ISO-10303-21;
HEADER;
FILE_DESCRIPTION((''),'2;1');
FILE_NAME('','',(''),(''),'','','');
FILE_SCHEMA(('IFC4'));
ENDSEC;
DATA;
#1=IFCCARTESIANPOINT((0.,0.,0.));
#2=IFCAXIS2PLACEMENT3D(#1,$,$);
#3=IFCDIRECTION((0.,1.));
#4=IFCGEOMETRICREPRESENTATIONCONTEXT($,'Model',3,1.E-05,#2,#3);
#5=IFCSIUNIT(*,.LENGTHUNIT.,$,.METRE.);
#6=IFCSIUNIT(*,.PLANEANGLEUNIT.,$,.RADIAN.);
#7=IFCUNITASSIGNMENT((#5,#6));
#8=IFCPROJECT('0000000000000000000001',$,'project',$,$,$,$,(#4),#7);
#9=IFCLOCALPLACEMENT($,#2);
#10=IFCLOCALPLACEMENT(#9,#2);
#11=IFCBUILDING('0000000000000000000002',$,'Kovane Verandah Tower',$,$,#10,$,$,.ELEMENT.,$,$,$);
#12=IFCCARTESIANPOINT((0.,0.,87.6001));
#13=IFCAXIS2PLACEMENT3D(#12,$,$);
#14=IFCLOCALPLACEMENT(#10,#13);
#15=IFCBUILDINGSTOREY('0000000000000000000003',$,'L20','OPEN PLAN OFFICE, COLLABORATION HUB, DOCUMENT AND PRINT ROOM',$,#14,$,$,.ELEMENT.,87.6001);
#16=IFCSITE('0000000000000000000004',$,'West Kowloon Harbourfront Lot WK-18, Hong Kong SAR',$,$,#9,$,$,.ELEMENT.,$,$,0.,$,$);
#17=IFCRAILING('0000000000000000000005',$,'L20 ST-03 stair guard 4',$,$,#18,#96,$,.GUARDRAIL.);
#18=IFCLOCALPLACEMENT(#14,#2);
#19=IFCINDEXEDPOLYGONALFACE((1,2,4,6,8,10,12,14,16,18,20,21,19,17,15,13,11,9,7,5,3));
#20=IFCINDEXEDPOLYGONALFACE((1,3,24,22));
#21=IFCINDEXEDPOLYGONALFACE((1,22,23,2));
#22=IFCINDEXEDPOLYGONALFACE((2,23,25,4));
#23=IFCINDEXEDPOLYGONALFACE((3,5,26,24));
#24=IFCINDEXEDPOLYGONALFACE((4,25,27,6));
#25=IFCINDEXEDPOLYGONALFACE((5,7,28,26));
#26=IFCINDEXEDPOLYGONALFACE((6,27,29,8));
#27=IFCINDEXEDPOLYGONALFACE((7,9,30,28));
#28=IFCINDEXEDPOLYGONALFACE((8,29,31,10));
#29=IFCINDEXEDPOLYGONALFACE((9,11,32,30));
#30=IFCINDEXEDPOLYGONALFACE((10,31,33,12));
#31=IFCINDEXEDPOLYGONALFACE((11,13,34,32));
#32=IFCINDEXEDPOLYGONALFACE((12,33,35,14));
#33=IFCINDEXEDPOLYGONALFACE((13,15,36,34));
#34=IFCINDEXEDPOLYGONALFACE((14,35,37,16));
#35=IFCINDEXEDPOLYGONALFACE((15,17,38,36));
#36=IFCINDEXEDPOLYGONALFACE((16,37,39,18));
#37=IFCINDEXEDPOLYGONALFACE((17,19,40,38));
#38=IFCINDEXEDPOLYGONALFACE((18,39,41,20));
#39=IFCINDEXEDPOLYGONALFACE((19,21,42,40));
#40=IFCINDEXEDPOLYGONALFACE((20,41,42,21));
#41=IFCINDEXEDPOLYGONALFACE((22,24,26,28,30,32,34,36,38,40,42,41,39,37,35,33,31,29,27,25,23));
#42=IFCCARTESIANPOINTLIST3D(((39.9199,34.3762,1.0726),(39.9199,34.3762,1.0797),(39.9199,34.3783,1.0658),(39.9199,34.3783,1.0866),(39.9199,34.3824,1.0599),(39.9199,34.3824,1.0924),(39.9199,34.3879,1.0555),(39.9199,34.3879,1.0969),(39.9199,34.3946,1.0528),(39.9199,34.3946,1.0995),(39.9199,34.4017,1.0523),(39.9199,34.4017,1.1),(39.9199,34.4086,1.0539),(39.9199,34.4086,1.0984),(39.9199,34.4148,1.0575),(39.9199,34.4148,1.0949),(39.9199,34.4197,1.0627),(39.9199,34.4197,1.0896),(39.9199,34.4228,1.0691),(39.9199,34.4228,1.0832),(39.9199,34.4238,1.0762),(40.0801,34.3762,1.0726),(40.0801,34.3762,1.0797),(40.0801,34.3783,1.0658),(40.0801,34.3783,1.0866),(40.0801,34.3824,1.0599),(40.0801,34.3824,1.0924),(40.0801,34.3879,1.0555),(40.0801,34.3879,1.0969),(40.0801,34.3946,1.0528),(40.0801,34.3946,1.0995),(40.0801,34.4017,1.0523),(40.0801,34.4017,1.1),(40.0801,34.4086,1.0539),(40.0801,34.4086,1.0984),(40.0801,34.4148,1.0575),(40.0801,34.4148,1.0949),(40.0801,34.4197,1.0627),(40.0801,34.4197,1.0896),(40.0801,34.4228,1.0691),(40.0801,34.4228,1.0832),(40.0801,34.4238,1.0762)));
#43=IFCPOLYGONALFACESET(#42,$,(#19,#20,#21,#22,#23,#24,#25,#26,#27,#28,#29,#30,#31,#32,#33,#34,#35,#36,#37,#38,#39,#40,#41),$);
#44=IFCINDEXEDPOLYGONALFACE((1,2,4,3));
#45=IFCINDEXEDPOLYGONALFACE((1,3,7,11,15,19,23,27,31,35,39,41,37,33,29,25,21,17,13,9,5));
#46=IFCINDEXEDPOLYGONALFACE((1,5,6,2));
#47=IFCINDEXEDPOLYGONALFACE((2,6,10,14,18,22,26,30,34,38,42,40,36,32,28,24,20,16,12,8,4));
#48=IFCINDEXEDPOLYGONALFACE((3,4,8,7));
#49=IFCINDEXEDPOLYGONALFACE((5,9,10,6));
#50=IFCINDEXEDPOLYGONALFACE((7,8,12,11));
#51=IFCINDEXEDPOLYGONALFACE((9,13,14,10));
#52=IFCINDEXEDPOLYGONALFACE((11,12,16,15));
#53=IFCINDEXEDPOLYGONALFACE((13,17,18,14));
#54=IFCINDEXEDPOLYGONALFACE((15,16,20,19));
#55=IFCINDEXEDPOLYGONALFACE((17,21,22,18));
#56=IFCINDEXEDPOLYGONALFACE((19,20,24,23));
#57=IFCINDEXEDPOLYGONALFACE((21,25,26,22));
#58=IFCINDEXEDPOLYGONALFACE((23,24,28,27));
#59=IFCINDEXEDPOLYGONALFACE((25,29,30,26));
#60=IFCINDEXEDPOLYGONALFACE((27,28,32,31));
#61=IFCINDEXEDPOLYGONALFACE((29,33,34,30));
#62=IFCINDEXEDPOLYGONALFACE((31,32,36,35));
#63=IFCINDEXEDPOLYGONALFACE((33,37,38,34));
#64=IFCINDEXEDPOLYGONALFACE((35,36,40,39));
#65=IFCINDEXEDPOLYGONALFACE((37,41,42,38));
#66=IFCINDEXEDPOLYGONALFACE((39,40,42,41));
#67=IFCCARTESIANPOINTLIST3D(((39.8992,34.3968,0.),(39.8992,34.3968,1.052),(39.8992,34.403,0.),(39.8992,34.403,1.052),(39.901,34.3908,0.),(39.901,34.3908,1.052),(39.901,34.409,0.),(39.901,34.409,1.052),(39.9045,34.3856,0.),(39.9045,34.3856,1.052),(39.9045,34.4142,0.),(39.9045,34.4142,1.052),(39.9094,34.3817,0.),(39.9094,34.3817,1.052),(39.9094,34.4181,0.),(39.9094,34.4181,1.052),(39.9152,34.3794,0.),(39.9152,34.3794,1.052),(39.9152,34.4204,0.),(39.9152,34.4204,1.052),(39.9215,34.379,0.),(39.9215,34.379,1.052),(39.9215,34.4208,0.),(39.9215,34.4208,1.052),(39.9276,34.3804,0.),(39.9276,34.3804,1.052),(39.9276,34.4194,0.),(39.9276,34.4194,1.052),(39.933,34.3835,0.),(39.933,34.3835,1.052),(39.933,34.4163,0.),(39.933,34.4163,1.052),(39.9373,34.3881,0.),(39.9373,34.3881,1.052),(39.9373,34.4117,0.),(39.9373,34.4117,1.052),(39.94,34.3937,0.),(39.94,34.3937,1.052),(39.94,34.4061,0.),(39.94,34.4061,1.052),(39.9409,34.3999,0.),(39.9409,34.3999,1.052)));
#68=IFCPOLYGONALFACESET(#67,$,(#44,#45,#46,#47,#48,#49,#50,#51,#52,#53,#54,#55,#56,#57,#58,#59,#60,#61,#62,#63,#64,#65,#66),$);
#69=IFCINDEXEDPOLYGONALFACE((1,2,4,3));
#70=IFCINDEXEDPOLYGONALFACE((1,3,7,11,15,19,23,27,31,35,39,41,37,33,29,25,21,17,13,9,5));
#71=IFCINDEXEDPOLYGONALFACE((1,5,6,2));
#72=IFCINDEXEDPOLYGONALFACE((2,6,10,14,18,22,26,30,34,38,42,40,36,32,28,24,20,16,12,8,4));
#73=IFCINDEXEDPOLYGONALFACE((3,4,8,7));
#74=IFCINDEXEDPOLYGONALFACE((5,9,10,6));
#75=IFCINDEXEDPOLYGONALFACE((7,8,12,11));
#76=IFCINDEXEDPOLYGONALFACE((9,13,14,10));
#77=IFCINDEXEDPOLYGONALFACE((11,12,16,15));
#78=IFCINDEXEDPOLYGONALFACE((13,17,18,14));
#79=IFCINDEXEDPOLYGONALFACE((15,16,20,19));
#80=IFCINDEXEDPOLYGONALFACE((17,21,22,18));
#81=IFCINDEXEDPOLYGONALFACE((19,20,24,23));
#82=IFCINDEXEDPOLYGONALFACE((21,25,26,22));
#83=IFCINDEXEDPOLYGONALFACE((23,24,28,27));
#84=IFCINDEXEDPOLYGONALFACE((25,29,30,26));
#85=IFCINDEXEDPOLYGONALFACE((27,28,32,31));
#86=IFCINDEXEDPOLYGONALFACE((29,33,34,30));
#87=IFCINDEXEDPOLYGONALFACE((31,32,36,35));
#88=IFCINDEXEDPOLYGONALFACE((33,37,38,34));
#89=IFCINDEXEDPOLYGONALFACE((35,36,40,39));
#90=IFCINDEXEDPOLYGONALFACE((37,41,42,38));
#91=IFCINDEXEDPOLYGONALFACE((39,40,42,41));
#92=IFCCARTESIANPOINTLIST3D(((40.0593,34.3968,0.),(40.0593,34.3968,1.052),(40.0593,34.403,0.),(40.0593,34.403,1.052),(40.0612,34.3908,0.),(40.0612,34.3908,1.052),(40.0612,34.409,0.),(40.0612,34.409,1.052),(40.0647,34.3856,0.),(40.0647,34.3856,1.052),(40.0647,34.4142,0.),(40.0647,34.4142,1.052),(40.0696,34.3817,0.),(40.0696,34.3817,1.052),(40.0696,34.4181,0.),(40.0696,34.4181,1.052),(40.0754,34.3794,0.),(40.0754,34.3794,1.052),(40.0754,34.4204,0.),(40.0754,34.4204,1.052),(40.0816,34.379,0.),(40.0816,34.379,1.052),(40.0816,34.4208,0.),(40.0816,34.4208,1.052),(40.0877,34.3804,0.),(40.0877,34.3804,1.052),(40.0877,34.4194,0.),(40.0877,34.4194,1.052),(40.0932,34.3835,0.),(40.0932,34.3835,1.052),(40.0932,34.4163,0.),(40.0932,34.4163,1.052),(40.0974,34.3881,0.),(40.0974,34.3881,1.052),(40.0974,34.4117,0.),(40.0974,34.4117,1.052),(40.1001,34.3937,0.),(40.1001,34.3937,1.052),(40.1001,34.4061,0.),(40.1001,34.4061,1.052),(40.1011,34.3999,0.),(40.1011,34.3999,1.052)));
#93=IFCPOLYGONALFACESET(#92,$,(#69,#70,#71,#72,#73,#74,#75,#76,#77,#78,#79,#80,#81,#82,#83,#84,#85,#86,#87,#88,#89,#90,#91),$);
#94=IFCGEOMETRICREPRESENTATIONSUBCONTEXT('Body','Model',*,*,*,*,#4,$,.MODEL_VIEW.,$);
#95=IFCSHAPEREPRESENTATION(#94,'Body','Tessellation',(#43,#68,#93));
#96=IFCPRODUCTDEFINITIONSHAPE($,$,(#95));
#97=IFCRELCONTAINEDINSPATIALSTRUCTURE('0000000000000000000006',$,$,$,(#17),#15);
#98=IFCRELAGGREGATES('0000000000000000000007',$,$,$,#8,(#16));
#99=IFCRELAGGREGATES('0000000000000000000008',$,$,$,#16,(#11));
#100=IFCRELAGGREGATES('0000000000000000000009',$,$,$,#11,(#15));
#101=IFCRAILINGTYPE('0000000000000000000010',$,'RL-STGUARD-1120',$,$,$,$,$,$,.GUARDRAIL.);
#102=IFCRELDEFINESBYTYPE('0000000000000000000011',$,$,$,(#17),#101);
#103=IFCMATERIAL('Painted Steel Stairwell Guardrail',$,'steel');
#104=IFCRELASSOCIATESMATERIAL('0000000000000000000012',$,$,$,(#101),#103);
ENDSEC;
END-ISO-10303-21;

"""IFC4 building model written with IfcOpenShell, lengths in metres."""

from ifc_helpers import new_model, si_unit, direction, frame, origin, origin_2d, place, context, subcontext, project, spatial, circle, extrude, material, type_object, element, save


model = new_model("IFC4")

# Units and contexts
model_context = context("Model", 3, precision=1e-05, world=origin(), true_north=direction((0.0, 1.0)))
body_context = subcontext(model_context, "Body", "Model", "MODEL_VIEW")
ifc_project = project(units=[si_unit("LENGTHUNIT", "METRE"), si_unit("PLANEANGLEUNIT", "RADIAN")], contexts=[model_context])

# Site, building, storey
site_placement = place(None, origin())
site = spatial("IfcSite", under=ifc_project, at=site_placement, Name="West Kowloon Harbourfront Lot WK-18, Hong Kong SAR", CompositionType="ELEMENT", RefElevation=0.0)
building_placement = place(site_placement, origin())
building = spatial("IfcBuilding", under=site, at=building_placement, Name="Kovane Verandah Tower", CompositionType="ELEMENT")
storey_placement = place(building_placement, frame((0.0, 0.0, 87.6001)))
storey = spatial("IfcBuildingStorey", under=building, at=storey_placement, Name="L20", Description="OPEN PLAN OFFICE, COLLABORATION HUB, DOCUMENT AND PRINT ROOM", CompositionType="ELEMENT", Elevation=87.6001)

# Railing
ifc_material_1 = material(Name="Painted Steel Stairwell Guardrail", Category="steel")
railing_type_1 = type_object("IfcRailingType", Name="RL-STGUARD-1120", PredefinedType="GUARDRAIL", material=ifc_material_1)
railing_1_placement = place(storey_placement, frame((39.9199, 34.3999, 0.0)))
element("IfcRailing", 1, at=railing_1_placement, inside=storey, type_object=railing_type_1, Name="L20 ST-03 stair guard 4", PredefinedType="GUARDRAIL", context=body_context, shape_type="SweptSolid", body=[
    extrude(circle(Radius=0.0239, at=origin_2d()), frame((0.0, 0.0, 1.0762), z_axis=(1.0, 0.0, 0.0), x_axis=(0.0, 1.0, 0.0)), (0.0, 0.0, 1.0), 0.1602),
    extrude(circle(Radius=0.021, at=origin_2d()), origin(), (0.0, 0.0, 1.0), 1.052),
    extrude(circle(Radius=0.021, at=origin_2d()), frame((0.1602, 0.0, 0.0)), (0.0, 0.0, 1.0), 1.052),
])

save(model, "model.ifc")
